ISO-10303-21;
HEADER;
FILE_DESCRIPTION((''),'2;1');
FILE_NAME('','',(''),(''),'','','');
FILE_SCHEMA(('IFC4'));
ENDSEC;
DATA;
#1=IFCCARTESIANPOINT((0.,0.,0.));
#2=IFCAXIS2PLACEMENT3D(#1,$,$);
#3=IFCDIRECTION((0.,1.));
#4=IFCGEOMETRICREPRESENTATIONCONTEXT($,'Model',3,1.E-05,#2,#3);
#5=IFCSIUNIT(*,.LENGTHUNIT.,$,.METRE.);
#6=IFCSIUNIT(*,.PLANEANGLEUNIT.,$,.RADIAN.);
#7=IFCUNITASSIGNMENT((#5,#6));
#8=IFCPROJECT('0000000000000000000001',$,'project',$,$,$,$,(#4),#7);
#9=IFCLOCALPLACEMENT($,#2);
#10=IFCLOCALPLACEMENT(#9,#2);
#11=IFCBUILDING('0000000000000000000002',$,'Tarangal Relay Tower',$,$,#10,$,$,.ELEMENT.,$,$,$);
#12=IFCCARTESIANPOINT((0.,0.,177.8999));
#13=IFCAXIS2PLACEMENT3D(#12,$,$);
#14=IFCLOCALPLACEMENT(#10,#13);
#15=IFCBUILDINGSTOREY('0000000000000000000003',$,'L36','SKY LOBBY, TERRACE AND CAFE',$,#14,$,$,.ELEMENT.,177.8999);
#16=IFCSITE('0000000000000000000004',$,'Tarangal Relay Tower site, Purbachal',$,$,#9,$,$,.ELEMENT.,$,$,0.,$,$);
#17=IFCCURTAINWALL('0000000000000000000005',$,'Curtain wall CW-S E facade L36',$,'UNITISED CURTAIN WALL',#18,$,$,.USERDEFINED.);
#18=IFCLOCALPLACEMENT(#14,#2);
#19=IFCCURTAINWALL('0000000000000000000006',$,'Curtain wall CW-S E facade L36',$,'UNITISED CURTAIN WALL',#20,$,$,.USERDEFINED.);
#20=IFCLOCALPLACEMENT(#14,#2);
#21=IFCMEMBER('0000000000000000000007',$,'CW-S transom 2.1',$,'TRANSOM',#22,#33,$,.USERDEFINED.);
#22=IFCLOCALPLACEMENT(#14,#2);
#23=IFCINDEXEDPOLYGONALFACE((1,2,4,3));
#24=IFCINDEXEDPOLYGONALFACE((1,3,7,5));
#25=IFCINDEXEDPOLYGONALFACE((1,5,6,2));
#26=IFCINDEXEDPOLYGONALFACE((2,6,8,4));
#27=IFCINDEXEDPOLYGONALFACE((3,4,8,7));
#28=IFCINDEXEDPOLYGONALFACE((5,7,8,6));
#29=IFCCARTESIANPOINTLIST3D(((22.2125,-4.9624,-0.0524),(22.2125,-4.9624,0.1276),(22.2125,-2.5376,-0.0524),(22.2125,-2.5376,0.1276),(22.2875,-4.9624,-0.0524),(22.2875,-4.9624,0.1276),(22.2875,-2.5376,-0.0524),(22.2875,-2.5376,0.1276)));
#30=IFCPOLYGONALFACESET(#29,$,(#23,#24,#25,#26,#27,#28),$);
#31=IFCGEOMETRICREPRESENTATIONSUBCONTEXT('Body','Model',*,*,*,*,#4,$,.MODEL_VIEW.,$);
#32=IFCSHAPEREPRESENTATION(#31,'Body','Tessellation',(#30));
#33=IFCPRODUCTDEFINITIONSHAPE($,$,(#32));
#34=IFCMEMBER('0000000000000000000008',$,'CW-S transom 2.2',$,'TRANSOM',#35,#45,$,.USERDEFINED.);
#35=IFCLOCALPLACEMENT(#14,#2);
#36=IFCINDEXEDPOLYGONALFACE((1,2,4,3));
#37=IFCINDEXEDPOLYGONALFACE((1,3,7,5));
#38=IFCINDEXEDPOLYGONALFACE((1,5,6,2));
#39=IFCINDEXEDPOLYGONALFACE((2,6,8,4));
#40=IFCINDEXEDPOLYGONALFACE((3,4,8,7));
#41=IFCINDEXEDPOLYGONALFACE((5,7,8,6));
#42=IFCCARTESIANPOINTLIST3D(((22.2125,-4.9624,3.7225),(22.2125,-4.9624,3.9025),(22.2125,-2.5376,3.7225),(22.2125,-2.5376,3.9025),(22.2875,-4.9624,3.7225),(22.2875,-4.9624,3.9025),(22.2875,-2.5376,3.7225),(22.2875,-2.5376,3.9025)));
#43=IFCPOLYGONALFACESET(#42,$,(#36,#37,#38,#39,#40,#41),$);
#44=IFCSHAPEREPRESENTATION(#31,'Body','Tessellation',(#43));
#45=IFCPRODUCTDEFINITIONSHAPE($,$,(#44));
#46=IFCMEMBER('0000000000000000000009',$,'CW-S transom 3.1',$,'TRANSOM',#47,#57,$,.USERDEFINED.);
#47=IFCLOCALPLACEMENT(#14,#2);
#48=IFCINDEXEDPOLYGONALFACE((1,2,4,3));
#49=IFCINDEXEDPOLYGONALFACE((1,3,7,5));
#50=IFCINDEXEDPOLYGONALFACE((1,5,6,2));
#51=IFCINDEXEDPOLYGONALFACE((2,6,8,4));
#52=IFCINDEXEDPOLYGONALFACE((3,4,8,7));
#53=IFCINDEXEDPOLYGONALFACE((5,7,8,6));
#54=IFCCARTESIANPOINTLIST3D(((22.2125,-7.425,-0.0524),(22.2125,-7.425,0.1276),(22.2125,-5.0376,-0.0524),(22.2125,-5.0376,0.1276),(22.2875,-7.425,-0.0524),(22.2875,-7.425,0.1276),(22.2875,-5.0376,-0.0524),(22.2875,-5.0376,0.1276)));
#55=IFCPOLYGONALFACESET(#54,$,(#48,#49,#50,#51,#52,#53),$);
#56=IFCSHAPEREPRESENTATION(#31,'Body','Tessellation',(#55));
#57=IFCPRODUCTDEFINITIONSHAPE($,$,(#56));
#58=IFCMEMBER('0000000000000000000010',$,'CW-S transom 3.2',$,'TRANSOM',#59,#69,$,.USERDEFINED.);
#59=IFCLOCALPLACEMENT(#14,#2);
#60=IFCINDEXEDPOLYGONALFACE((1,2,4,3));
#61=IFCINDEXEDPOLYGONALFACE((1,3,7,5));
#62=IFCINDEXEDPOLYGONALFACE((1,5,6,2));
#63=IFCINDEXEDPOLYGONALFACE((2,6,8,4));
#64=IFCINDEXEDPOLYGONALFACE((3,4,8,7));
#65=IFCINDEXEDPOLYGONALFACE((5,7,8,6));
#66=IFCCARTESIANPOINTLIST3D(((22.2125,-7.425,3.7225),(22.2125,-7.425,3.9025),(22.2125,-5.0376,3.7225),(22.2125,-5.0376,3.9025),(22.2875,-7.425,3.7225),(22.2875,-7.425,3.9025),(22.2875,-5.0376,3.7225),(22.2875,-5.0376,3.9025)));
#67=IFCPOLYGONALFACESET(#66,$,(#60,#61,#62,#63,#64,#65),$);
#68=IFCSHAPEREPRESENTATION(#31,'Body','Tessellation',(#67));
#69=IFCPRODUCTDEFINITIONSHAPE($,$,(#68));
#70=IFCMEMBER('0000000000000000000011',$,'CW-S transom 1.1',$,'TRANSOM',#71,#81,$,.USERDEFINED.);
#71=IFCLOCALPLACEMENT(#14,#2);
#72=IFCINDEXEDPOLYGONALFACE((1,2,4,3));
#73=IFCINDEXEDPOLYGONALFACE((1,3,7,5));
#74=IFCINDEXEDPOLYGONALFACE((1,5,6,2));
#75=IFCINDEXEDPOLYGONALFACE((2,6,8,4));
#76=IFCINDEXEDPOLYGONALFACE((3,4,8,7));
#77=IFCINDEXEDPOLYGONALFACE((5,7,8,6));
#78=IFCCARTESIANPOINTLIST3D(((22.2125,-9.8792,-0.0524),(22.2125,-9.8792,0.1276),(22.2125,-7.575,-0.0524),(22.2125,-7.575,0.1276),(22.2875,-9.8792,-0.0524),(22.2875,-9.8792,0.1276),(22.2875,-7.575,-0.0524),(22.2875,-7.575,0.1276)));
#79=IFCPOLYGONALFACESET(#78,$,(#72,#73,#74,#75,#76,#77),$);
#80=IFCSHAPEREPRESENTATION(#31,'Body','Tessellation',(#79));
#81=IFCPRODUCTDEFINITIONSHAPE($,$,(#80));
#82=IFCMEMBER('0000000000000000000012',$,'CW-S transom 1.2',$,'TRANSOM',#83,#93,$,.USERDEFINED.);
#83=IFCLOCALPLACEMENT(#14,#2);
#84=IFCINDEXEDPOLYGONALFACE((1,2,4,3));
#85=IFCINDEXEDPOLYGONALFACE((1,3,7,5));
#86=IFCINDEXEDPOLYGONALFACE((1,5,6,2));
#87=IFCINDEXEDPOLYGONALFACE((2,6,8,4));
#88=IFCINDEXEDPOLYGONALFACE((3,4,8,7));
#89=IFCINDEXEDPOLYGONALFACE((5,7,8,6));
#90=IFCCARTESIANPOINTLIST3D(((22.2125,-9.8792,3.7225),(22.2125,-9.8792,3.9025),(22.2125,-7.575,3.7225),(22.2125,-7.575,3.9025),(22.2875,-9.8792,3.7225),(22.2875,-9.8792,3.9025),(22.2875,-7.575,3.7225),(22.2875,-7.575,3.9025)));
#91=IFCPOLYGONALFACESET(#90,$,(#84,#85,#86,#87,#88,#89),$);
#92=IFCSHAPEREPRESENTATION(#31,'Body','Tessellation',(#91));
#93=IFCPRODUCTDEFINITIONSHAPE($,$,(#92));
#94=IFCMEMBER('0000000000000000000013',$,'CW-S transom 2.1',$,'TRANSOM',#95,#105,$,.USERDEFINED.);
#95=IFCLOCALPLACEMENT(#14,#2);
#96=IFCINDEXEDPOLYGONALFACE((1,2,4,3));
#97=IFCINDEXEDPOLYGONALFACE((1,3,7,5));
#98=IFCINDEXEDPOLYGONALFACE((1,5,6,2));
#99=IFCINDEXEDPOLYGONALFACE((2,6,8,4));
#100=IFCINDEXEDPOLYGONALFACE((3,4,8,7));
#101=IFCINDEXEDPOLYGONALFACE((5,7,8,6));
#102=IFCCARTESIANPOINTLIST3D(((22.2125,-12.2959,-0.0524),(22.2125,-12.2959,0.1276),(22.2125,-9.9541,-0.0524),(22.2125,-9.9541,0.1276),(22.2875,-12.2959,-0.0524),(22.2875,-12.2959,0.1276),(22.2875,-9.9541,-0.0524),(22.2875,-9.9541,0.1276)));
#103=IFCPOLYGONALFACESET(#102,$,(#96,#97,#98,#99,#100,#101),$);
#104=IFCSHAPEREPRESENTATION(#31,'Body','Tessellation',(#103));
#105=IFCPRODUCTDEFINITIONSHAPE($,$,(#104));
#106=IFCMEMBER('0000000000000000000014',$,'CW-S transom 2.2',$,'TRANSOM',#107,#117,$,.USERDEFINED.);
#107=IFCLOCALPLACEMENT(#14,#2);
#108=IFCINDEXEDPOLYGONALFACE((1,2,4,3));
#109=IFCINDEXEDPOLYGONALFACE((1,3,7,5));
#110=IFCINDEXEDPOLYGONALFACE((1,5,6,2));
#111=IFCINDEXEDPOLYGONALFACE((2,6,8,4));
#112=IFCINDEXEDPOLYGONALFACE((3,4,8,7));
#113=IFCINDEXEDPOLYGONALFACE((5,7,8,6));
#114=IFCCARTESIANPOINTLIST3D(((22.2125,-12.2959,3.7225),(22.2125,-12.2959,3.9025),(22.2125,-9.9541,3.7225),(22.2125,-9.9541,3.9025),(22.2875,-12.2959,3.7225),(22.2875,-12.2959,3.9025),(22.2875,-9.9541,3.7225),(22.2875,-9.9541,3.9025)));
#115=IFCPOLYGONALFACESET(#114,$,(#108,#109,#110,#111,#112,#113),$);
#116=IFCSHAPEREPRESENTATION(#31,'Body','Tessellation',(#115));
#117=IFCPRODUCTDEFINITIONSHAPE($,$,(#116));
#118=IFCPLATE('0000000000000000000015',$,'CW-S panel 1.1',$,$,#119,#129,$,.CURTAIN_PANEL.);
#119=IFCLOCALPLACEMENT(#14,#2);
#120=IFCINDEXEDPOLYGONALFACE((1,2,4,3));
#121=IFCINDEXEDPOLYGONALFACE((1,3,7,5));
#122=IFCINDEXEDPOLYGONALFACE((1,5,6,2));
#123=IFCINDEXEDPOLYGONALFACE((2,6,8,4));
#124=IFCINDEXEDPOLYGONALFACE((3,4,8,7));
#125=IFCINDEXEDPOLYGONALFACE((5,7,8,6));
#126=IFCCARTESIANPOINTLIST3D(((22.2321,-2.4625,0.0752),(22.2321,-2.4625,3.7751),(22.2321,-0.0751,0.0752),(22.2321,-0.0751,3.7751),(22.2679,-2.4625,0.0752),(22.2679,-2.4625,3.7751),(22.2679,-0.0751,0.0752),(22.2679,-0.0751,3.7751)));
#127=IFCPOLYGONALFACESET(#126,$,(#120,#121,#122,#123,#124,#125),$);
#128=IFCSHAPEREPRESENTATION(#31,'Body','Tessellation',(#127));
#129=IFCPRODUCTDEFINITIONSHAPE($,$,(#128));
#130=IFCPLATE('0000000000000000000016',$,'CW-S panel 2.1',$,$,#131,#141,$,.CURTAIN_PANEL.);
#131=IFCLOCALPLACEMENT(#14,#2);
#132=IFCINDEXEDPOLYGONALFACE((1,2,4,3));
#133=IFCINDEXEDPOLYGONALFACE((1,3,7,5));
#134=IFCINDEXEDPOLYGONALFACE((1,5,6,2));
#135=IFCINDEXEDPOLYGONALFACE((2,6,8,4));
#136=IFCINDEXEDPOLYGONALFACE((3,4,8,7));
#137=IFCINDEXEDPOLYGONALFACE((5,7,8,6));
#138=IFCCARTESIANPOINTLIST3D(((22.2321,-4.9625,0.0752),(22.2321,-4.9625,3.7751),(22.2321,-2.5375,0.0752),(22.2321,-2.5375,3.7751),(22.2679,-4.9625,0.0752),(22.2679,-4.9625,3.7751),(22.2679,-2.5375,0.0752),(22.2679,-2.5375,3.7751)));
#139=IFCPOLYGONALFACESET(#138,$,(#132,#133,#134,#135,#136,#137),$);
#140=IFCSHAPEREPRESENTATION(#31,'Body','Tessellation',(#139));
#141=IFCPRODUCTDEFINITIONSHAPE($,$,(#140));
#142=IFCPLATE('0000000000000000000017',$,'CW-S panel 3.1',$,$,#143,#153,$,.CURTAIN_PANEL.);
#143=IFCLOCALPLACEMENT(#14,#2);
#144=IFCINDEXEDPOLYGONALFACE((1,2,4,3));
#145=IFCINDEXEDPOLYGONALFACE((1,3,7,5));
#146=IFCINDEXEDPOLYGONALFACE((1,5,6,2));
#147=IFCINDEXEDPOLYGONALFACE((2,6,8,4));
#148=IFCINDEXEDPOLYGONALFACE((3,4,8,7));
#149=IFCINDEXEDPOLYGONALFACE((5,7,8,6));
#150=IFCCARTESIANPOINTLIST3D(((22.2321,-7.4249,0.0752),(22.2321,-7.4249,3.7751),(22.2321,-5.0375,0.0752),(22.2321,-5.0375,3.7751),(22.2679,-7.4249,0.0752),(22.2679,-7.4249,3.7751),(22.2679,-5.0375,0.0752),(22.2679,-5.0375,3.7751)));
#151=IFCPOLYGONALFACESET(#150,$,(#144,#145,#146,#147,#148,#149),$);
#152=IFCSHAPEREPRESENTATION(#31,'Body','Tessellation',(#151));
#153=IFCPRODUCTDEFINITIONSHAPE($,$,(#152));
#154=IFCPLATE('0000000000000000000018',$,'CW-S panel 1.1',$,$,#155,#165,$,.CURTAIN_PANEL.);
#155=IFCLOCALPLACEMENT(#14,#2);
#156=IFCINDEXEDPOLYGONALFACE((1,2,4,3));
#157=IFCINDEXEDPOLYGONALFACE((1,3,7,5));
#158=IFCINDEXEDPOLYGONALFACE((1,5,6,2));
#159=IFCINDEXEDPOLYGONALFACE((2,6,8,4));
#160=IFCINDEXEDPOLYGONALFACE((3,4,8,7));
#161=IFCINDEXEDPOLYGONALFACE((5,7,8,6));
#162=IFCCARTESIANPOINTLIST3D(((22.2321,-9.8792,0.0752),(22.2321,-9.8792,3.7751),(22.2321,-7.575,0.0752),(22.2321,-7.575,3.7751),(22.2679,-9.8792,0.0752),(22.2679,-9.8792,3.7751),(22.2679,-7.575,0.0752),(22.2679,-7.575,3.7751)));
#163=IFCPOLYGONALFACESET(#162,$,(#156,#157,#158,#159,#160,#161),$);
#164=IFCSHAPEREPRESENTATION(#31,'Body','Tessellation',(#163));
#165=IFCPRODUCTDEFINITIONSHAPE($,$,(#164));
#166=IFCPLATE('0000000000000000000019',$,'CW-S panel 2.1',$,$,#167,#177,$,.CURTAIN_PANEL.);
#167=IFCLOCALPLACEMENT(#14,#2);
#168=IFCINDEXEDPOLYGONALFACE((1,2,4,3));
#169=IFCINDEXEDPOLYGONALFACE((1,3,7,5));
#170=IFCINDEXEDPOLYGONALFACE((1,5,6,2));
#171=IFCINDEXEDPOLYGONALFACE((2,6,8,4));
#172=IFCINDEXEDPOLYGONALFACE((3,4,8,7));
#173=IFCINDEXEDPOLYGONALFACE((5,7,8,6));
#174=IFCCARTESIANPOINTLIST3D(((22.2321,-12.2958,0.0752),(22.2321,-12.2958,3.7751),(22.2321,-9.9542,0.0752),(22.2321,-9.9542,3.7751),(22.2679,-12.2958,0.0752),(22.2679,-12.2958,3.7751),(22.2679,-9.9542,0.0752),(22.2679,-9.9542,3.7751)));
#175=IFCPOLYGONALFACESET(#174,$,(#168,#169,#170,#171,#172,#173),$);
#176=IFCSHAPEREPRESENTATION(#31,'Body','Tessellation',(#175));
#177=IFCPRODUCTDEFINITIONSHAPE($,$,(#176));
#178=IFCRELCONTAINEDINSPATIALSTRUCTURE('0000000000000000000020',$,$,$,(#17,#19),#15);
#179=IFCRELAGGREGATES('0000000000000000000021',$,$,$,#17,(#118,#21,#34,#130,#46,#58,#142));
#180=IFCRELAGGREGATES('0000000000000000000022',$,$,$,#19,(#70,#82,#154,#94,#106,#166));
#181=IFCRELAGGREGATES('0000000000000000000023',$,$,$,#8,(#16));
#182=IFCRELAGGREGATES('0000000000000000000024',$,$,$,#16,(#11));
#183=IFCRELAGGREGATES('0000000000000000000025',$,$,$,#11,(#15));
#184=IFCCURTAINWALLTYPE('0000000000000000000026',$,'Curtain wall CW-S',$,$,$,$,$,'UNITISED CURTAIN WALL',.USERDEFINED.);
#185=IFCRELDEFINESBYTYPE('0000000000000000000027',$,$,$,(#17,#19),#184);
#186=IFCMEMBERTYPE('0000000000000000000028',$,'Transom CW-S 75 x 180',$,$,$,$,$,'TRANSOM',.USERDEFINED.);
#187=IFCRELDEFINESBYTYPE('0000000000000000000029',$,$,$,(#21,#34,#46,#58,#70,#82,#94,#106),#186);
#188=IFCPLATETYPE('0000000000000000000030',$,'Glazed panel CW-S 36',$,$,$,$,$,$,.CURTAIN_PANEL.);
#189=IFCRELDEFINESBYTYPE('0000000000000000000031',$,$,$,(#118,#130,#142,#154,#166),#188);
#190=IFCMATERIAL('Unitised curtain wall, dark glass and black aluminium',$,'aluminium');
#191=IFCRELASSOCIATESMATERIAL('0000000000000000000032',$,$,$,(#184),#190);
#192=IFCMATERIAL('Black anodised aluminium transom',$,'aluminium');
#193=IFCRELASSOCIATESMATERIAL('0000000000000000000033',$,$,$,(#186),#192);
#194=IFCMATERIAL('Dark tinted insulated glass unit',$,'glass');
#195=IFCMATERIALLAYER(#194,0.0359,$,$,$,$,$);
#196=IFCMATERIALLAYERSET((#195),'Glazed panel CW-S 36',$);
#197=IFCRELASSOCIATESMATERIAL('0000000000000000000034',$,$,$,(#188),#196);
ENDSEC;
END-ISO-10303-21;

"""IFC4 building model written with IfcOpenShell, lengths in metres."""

from ifc_helpers import new_model, si_unit, direction, frame, origin, origin_2d, place, context, subcontext, project, spatial, rectangle, extrude, material, layer, layer_set, material_profile, profile_set, type_object, element, aggregate, save


model = new_model("IFC4")

# Units and contexts
model_context = context("Model", 3, precision=1e-05, world=origin(), true_north=direction((0.0, 1.0)))
body_context = subcontext(model_context, "Body", "Model", "MODEL_VIEW")
ifc_project = project(units=[si_unit("LENGTHUNIT", "METRE"), si_unit("PLANEANGLEUNIT", "RADIAN")], contexts=[model_context])

# Site, building, storey
site_placement = place(None, origin())
site = spatial("IfcSite", under=ifc_project, at=site_placement, Name="Tarangal Relay Tower site, Purbachal", CompositionType="ELEMENT", RefElevation=0.0)
building_placement = place(site_placement, origin())
building = spatial("IfcBuilding", under=site, at=building_placement, Name="Tarangal Relay Tower", CompositionType="ELEMENT")
storey_placement = place(building_placement, frame((0.0, 0.0, 177.8999)))
storey = spatial("IfcBuildingStorey", under=building, at=storey_placement, Name="L36", Description="SKY LOBBY, TERRACE AND CAFE", CompositionType="ELEMENT", Elevation=177.8999)

# Curtain walls
ifc_material_1 = material(Name="Unitised curtain wall, dark glass and black aluminium", Category="aluminium")
curtain_wall_type = type_object("IfcCurtainWallType", Name="Curtain wall CW-S", ElementType="UNITISED CURTAIN WALL", PredefinedType="USERDEFINED", material=ifc_material_1)
curtain_wall_1_placement = place(storey_placement, origin())
curtain_wall_1 = element("IfcCurtainWall", 1, at=curtain_wall_1_placement, inside=storey, type_object=curtain_wall_type, Name="Curtain wall CW-S E facade L36", ObjectType="UNITISED CURTAIN WALL", PredefinedType="USERDEFINED")
curtain_wall_2_placement = place(storey_placement, origin())
curtain_wall_2 = element("IfcCurtainWall", 2, at=curtain_wall_2_placement, inside=storey, type_object=curtain_wall_type, Name="Curtain wall CW-S E facade L36", ObjectType="UNITISED CURTAIN WALL", PredefinedType="USERDEFINED")

# Members
ifc_material_2 = material(Name="Black anodised aluminium transom", Category="aluminium")
ifc_material_profile_1 = material_profile(ifc_material_2, rectangle(XDim=0.075, YDim=0.1799, at=origin_2d()), Name="CW-ST 75X180")
ifc_profile_set_1 = profile_set([ifc_material_profile_1], Name="Black anodised aluminium transom")
member_type_1 = type_object("IfcMemberType", Name="Transom CW-S 75 x 180", ElementType="TRANSOM", PredefinedType="USERDEFINED", material=ifc_profile_set_1)
member_1_placement = place(storey_placement, frame((22.25, -2.5376, 0.0376), z_axis=(0.0, -1.0, 0.0), x_axis=(1.0, 0.0, 0.0)))
member_1 = element("IfcMember", 3, at=member_1_placement, type_object=member_type_1, Name="CW-S transom 2.1", ObjectType="TRANSOM", PredefinedType="USERDEFINED", context=body_context, shape_type="SweptSolid", body=[
    extrude(rectangle(XDim=0.075, YDim=0.1799, at=origin_2d()), origin(), (0.0, 0.0, 1.0), 2.4248),
])
member_2_placement = place(storey_placement, frame((22.25, -2.5376, 3.8125), z_axis=(0.0, -1.0, 0.0), x_axis=(1.0, 0.0, 0.0)))
member_2 = element("IfcMember", 4, at=member_2_placement, type_object=member_type_1, Name="CW-S transom 2.2", ObjectType="TRANSOM", PredefinedType="USERDEFINED", context=body_context, shape_type="SweptSolid", body=[
    extrude(rectangle(XDim=0.075, YDim=0.1799, at=origin_2d()), origin(), (0.0, 0.0, 1.0), 2.4248),
])
member_3_placement = place(storey_placement, frame((22.25, -5.0376, 0.0376), z_axis=(0.0, -1.0, 0.0), x_axis=(1.0, 0.0, 0.0)))
member_3 = element("IfcMember", 5, at=member_3_placement, type_object=member_type_1, Name="CW-S transom 3.1", ObjectType="TRANSOM", PredefinedType="USERDEFINED", context=body_context, shape_type="SweptSolid", body=[
    extrude(rectangle(XDim=0.075, YDim=0.1799, at=origin_2d()), origin(), (0.0, 0.0, 1.0), 2.3875),
])
member_4_placement = place(storey_placement, frame((22.25, -5.0376, 3.8125), z_axis=(0.0, -1.0, 0.0), x_axis=(1.0, 0.0, 0.0)))
member_4 = element("IfcMember", 6, at=member_4_placement, type_object=member_type_1, Name="CW-S transom 3.2", ObjectType="TRANSOM", PredefinedType="USERDEFINED", context=body_context, shape_type="SweptSolid", body=[
    extrude(rectangle(XDim=0.075, YDim=0.1799, at=origin_2d()), origin(), (0.0, 0.0, 1.0), 2.3875),
])
member_5_placement = place(storey_placement, frame((22.25, -7.575, 0.0376), z_axis=(0.0, -1.0, 0.0), x_axis=(1.0, 0.0, 0.0)))
member_5 = element("IfcMember", 7, at=member_5_placement, type_object=member_type_1, Name="CW-S transom 1.1", ObjectType="TRANSOM", PredefinedType="USERDEFINED", context=body_context, shape_type="SweptSolid", body=[
    extrude(rectangle(XDim=0.075, YDim=0.1799, at=origin_2d()), origin(), (0.0, 0.0, 1.0), 2.3042),
])
member_6_placement = place(storey_placement, frame((22.25, -7.575, 3.8125), z_axis=(0.0, -1.0, 0.0), x_axis=(1.0, 0.0, 0.0)))
member_6 = element("IfcMember", 8, at=member_6_placement, type_object=member_type_1, Name="CW-S transom 1.2", ObjectType="TRANSOM", PredefinedType="USERDEFINED", context=body_context, shape_type="SweptSolid", body=[
    extrude(rectangle(XDim=0.075, YDim=0.1799, at=origin_2d()), origin(), (0.0, 0.0, 1.0), 2.3042),
])
member_7_placement = place(storey_placement, frame((22.25, -9.9541, 0.0376), z_axis=(0.0, -1.0, 0.0), x_axis=(1.0, 0.0, 0.0)))
member_7 = element("IfcMember", 9, at=member_7_placement, type_object=member_type_1, Name="CW-S transom 2.1", ObjectType="TRANSOM", PredefinedType="USERDEFINED", context=body_context, shape_type="SweptSolid", body=[
    extrude(rectangle(XDim=0.075, YDim=0.1799, at=origin_2d()), origin(), (0.0, 0.0, 1.0), 2.3418),
])
member_8_placement = place(storey_placement, frame((22.25, -9.9541, 3.8125), z_axis=(0.0, -1.0, 0.0), x_axis=(1.0, 0.0, 0.0)))
member_8 = element("IfcMember", 10, at=member_8_placement, type_object=member_type_1, Name="CW-S transom 2.2", ObjectType="TRANSOM", PredefinedType="USERDEFINED", context=body_context, shape_type="SweptSolid", body=[
    extrude(rectangle(XDim=0.075, YDim=0.1799, at=origin_2d()), origin(), (0.0, 0.0, 1.0), 2.3418),
])

# Plates
ifc_material_3 = material(Name="Dark tinted insulated glass unit", Category="glass")
ifc_layer_1 = layer(ifc_material_3, 0.0359)
ifc_layer_set_1 = layer_set([ifc_layer_1], Name="Glazed panel CW-S 36")
plate_type = type_object("IfcPlateType", Name="Glazed panel CW-S 36", PredefinedType="CURTAIN_PANEL", material=ifc_layer_set_1)
plate_1_placement = place(storey_placement, frame((22.25, -1.2688, 0.0752), z_axis=(0.0, 0.0, 1.0), x_axis=(0.0, -1.0, 0.0)))
plate_1 = element("IfcPlate", 11, at=plate_1_placement, type_object=plate_type, Name="CW-S panel 1.1", PredefinedType="CURTAIN_PANEL", context=body_context, shape_type="SweptSolid", body=[
    extrude(rectangle(XDim=2.3875, YDim=0.0359, at=origin_2d()), origin(), (0.0, 0.0, 1.0), 3.7),
])
plate_2_placement = place(storey_placement, frame((22.25, -3.75, 0.0752), z_axis=(0.0, 0.0, 1.0), x_axis=(0.0, -1.0, 0.0)))
plate_2 = element("IfcPlate", 12, at=plate_2_placement, type_object=plate_type, Name="CW-S panel 2.1", PredefinedType="CURTAIN_PANEL", context=body_context, shape_type="SweptSolid", body=[
    extrude(rectangle(XDim=2.425, YDim=0.0359, at=origin_2d()), origin(), (0.0, 0.0, 1.0), 3.7),
])
plate_3_placement = place(storey_placement, frame((22.25, -6.2312, 0.0752), z_axis=(0.0, 0.0, 1.0), x_axis=(0.0, -1.0, 0.0)))
plate_3 = element("IfcPlate", 13, at=plate_3_placement, type_object=plate_type, Name="CW-S panel 3.1", PredefinedType="CURTAIN_PANEL", context=body_context, shape_type="SweptSolid", body=[
    extrude(rectangle(XDim=2.3875, YDim=0.0359, at=origin_2d()), origin(), (0.0, 0.0, 1.0), 3.7),
])
aggregate(curtain_wall_1, [plate_1, member_1, member_2, plate_2, member_3, member_4, plate_3])
plate_4_placement = place(storey_placement, frame((22.25, -8.7271, 0.0752), z_axis=(0.0, 0.0, 1.0), x_axis=(0.0, -1.0, 0.0)))
plate_4 = element("IfcPlate", 14, at=plate_4_placement, type_object=plate_type, Name="CW-S panel 1.1", PredefinedType="CURTAIN_PANEL", context=body_context, shape_type="SweptSolid", body=[
    extrude(rectangle(XDim=2.3042, YDim=0.0359, at=origin_2d()), origin(), (0.0, 0.0, 1.0), 3.7),
])
plate_5_placement = place(storey_placement, frame((22.25, -11.125, 0.0752), z_axis=(0.0, 0.0, 1.0), x_axis=(0.0, -1.0, 0.0)))
plate_5 = element("IfcPlate", 15, at=plate_5_placement, type_object=plate_type, Name="CW-S panel 2.1", PredefinedType="CURTAIN_PANEL", context=body_context, shape_type="SweptSolid", body=[
    extrude(rectangle(XDim=2.3416, YDim=0.0359, at=origin_2d()), origin(), (0.0, 0.0, 1.0), 3.7),
])
aggregate(curtain_wall_2, [member_5, member_6, plate_4, member_7, member_8, plate_5])

save(model, "model.ifc")
